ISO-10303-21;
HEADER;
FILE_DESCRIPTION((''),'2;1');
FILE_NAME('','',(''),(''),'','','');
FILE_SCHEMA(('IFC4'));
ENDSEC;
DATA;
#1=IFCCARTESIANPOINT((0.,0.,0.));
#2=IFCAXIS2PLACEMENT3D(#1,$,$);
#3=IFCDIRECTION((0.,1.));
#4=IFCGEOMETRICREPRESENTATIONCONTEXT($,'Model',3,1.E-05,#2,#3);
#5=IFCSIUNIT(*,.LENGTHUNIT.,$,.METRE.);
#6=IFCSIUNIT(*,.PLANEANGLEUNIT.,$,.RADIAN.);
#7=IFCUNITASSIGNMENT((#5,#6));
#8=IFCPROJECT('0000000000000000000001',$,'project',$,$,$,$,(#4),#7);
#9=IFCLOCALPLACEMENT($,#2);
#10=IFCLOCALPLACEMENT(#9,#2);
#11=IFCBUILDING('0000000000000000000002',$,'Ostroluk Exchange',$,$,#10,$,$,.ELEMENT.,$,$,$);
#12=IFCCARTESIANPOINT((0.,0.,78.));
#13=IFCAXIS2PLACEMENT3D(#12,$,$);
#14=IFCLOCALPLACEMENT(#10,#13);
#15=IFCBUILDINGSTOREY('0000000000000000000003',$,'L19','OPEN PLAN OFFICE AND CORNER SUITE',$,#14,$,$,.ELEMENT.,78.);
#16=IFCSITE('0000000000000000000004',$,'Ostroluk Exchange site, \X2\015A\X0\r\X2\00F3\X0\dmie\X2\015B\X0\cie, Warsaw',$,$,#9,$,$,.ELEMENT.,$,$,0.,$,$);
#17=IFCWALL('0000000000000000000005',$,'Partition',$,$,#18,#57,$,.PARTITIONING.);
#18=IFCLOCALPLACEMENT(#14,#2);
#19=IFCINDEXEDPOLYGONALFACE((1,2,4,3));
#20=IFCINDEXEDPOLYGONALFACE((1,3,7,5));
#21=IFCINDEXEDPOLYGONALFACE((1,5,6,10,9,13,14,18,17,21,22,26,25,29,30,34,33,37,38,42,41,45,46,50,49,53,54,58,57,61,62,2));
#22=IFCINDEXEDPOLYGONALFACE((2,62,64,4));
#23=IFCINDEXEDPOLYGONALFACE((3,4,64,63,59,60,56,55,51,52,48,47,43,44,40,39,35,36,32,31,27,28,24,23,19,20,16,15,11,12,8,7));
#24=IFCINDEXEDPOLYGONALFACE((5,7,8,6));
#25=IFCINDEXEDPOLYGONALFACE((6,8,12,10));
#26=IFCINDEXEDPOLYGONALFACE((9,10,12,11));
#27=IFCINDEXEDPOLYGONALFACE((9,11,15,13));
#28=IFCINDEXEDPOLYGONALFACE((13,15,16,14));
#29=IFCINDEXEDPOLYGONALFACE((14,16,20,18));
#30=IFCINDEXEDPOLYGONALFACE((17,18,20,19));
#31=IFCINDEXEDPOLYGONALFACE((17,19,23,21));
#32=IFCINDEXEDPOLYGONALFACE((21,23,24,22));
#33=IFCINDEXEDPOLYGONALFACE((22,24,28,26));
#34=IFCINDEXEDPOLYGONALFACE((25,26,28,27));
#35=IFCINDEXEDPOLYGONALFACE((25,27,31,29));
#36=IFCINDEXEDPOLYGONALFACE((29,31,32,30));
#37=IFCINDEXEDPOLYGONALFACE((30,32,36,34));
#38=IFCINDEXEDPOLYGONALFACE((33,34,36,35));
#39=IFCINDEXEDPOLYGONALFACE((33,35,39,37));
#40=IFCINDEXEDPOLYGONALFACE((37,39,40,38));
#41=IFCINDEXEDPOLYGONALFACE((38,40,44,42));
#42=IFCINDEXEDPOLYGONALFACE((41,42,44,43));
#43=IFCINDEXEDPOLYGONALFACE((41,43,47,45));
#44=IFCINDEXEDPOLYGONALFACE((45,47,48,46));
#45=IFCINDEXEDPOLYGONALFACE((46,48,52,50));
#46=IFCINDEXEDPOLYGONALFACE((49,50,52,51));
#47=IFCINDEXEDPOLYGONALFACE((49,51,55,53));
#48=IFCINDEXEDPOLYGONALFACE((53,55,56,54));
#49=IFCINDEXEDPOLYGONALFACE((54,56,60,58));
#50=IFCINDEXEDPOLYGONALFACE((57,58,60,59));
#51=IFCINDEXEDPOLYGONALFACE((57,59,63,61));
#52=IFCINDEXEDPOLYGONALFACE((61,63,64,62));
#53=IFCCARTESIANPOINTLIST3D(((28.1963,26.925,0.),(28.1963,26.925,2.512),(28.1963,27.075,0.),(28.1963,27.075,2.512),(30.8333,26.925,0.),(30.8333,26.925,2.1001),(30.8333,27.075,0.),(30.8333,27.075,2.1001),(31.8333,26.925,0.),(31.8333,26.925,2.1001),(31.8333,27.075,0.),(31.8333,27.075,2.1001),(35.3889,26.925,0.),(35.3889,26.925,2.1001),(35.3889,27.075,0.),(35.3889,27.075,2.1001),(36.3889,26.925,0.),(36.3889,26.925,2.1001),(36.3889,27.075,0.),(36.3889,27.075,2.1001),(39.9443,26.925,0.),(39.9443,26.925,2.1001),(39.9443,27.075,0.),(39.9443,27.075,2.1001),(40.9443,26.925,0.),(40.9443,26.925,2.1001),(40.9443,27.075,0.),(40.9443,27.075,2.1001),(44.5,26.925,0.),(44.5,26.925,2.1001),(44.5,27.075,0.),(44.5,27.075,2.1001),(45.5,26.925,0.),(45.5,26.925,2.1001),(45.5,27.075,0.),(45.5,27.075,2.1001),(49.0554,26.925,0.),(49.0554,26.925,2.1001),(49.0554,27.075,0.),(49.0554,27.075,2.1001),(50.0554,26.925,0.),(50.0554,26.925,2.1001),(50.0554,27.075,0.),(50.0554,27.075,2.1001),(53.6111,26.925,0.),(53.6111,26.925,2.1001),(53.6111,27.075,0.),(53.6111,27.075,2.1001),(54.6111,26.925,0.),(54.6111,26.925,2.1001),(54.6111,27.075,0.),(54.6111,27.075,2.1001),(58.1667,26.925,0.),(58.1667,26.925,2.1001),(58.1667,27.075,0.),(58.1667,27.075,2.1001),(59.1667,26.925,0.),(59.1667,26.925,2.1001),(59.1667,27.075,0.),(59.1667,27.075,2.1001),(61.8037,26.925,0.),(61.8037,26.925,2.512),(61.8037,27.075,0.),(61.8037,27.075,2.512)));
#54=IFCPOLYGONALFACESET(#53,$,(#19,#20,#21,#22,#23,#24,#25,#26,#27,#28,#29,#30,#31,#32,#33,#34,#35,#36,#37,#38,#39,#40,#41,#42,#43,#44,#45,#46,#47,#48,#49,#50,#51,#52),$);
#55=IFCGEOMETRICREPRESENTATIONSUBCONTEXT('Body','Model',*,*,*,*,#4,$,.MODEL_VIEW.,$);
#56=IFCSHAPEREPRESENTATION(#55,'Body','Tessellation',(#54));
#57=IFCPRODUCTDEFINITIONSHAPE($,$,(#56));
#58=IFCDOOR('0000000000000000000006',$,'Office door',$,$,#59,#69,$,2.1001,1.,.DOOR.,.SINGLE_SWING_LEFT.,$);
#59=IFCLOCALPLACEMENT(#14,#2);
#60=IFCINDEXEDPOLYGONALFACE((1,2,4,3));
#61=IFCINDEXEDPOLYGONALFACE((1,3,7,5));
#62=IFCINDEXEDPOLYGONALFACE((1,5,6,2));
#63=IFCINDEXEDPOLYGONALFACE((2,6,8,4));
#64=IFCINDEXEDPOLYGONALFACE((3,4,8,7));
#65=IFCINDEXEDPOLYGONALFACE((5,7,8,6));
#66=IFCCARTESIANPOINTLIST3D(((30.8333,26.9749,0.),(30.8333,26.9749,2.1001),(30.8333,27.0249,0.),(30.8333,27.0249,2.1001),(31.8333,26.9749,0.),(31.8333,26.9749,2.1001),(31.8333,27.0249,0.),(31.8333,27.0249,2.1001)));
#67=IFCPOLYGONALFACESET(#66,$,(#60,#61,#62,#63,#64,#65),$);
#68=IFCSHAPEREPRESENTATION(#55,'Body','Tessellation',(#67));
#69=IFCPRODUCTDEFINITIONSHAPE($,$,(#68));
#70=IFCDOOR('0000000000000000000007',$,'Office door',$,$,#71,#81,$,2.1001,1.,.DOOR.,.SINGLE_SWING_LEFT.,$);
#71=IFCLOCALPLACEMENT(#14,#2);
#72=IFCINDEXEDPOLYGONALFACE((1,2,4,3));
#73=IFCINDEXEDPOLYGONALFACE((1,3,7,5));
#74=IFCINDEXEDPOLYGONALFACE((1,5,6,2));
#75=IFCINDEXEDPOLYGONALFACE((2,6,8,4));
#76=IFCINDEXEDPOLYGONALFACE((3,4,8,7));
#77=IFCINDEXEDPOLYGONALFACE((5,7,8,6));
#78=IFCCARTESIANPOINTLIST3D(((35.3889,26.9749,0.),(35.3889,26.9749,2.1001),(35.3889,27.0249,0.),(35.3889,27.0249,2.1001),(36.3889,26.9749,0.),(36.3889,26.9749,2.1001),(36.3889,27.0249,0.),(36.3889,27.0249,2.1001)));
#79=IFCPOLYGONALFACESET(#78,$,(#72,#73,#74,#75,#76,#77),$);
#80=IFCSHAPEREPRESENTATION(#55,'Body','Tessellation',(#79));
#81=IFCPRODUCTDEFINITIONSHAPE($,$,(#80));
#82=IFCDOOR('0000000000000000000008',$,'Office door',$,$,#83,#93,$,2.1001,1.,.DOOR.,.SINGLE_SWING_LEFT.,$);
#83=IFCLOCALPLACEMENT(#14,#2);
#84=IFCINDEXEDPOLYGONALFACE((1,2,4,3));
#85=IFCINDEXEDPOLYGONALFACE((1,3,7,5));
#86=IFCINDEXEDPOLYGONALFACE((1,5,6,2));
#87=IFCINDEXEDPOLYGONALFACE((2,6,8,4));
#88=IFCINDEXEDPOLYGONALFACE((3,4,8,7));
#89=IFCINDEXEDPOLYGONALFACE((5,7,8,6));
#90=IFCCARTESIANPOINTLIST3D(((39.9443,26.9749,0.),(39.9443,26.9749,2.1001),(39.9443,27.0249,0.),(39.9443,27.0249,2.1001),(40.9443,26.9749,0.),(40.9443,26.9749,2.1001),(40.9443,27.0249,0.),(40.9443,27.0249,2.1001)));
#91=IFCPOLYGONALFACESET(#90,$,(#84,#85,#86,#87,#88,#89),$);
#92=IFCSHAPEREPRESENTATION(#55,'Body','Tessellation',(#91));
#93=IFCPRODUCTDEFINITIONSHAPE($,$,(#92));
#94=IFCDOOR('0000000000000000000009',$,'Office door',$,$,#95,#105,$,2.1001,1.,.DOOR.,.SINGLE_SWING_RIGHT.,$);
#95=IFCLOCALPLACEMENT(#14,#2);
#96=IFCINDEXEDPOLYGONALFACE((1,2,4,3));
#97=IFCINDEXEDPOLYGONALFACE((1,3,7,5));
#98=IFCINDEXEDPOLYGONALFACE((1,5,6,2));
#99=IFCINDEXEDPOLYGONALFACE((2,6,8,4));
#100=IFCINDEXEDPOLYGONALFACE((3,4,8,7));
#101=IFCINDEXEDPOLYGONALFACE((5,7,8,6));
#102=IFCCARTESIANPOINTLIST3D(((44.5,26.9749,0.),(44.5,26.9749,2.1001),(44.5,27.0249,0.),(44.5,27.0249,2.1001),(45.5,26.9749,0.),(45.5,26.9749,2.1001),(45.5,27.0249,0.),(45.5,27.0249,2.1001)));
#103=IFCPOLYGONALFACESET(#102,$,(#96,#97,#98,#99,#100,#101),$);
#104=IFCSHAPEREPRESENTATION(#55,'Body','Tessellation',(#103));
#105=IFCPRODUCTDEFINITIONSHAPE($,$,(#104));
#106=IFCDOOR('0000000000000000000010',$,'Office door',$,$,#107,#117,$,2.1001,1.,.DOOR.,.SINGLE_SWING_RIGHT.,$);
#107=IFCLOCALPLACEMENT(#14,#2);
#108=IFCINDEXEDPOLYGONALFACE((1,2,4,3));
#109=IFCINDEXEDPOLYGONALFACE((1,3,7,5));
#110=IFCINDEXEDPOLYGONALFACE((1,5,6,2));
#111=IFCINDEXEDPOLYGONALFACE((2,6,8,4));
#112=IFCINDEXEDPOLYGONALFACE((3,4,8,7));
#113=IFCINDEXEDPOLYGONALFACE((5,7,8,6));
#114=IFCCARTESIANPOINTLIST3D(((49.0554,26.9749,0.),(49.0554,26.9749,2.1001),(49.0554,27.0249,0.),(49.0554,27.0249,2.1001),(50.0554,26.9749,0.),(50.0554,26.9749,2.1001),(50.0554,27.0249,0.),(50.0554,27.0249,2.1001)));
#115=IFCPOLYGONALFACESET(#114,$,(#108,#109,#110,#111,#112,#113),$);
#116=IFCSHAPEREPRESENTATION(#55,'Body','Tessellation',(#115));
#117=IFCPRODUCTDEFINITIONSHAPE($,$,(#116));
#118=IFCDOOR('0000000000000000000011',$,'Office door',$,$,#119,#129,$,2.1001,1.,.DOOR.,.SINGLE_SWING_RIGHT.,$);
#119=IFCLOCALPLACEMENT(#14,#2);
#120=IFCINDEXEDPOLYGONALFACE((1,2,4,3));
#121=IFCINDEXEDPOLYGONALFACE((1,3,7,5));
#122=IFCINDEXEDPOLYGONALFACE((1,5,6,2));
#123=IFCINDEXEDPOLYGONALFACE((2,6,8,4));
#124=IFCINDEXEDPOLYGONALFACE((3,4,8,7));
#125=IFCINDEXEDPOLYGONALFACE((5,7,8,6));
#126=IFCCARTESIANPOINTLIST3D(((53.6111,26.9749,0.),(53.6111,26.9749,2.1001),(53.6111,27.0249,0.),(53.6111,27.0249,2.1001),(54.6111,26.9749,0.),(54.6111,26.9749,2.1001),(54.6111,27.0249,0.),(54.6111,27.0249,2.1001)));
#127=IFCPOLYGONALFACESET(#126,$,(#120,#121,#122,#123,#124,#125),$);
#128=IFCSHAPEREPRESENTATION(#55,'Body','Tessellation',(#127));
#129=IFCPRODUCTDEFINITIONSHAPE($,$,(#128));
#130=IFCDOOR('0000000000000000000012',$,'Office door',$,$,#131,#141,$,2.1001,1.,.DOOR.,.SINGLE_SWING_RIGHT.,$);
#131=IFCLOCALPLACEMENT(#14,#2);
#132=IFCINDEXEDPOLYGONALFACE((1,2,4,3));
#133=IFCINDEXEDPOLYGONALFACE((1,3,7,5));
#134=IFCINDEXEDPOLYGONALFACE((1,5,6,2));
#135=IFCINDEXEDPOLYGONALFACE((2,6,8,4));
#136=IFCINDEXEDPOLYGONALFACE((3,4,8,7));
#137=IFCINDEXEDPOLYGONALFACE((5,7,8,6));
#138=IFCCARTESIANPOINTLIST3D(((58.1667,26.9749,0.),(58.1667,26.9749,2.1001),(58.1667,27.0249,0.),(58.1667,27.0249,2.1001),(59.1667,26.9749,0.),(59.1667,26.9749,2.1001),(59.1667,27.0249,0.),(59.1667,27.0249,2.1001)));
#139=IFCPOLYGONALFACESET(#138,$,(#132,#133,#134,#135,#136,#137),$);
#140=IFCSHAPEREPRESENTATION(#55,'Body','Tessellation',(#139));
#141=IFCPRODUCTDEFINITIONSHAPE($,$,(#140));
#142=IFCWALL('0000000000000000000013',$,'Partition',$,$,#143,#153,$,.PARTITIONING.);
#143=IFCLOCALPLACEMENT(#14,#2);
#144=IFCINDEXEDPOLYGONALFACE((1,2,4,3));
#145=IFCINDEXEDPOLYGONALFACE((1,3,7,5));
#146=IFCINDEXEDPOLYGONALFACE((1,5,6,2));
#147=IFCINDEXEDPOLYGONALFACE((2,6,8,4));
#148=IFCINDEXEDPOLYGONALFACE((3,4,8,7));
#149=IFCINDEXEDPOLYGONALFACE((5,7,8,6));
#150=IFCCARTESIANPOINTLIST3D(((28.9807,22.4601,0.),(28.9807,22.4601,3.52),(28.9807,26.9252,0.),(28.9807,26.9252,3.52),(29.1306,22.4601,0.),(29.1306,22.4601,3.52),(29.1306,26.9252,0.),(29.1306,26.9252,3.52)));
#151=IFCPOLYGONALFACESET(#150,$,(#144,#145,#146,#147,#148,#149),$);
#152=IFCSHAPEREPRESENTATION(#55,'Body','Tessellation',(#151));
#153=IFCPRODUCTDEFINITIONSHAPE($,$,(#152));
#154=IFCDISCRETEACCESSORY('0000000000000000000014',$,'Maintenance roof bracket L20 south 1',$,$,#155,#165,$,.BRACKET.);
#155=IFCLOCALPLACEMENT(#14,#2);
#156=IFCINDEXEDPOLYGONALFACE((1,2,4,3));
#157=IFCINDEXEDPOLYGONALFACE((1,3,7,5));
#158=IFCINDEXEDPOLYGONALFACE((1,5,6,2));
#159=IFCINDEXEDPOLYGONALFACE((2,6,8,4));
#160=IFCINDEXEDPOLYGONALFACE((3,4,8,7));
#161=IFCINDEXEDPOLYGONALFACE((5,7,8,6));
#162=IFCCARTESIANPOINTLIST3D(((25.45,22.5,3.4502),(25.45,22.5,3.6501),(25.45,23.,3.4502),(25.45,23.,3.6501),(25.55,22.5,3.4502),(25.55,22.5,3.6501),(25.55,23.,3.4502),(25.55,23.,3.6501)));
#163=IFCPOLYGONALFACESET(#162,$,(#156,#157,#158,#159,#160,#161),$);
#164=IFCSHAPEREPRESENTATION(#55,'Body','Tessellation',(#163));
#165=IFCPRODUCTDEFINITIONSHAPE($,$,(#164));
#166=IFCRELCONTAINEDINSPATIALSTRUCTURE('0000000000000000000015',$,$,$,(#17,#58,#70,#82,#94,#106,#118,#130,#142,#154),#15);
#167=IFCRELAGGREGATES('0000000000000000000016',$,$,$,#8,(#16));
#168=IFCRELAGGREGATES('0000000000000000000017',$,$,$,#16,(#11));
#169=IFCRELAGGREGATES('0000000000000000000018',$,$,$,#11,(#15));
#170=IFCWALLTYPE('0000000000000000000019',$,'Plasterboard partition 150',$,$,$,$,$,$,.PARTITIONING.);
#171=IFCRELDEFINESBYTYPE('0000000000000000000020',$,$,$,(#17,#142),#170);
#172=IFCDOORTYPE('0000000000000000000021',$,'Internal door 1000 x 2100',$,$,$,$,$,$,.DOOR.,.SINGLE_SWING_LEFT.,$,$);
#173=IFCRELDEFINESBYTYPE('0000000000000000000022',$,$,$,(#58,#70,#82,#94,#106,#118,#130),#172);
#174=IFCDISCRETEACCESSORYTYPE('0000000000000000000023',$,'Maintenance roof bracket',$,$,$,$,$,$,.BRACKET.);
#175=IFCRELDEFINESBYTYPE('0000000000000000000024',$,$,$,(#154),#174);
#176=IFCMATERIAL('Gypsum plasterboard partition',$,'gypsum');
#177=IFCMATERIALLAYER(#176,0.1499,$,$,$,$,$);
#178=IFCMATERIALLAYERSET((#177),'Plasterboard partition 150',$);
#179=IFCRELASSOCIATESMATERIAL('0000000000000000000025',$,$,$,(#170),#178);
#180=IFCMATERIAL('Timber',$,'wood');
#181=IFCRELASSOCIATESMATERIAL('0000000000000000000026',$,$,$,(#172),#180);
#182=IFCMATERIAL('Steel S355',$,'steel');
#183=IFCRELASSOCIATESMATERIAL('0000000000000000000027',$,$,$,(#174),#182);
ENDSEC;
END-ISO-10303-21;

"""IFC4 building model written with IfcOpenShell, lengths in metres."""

from ifc_helpers import new_model, si_unit, direction, frame, frame_2d, origin, origin_2d, place, context, subcontext, project, spatial, rectangle, extrude, material, layer, layer_set, type_object, element, fill, save


model = new_model("IFC4")

# Units and contexts
model_context = context("Model", 3, precision=1e-05, world=origin(), true_north=direction((0.0, 1.0)))
body_context = subcontext(model_context, "Body", "Model", "MODEL_VIEW")
ifc_project = project(units=[si_unit("LENGTHUNIT", "METRE"), si_unit("PLANEANGLEUNIT", "RADIAN")], contexts=[model_context])

# Site, building, storey
site_placement = place(None, origin())
site = spatial("IfcSite", under=ifc_project, at=site_placement, Name="Ostroluk Exchange site, Śródmieście, Warsaw", CompositionType="ELEMENT", RefElevation=0.0)
building_placement = place(site_placement, origin())
building = spatial("IfcBuilding", under=site, at=building_placement, Name="Ostroluk Exchange", CompositionType="ELEMENT")
storey_placement = place(building_placement, frame((0.0, 0.0, 78.0)))
storey = spatial("IfcBuildingStorey", under=building, at=storey_placement, Name="L19", Description="OPEN PLAN OFFICE AND CORNER SUITE", CompositionType="ELEMENT", Elevation=78.0)

# Wall, openings, doors
ifc_material_1 = material(Name="Gypsum plasterboard partition", Category="gypsum")
ifc_layer_1 = layer(ifc_material_1, 0.1499)
ifc_layer_set_1 = layer_set([ifc_layer_1], Name="Plasterboard partition 150")
wall_type_1 = type_object("IfcWallType", Name="Plasterboard partition 150", PredefinedType="PARTITIONING", material=ifc_layer_set_1)
wall_1_placement = place(storey_placement, frame((28.1963, 27.0, 0.0), z_axis=(0.0, 0.0, 1.0), x_axis=(1.0, 0.0, 0.0)))
wall_1 = element("IfcWall", 1, at=wall_1_placement, inside=storey, type_object=wall_type_1, Name="Partition", PredefinedType="PARTITIONING", context=body_context, shape_type="SweptSolid", body=[
    extrude(rectangle(XDim=33.6074, YDim=0.1499, at=frame_2d((16.8037, 0.0))), origin(), (0.0, 0.0, 1.0), 2.512),
])
opening_1_placement = place(wall_1_placement, frame((2.637, 0.0, 0.0)))
opening_1 = element("IfcOpeningElement", 2, at=opening_1_placement, cuts=wall_1, PredefinedType="OPENING", context=body_context, shape_type="SweptSolid", body=[
    extrude(rectangle(XDim=1.0, YDim=2.1001, at=frame_2d((0.5, 1.05))), frame((0.0, 0.085, 0.0), z_axis=(0.0, -1.0, 0.0), x_axis=(1.0, 0.0, 0.0)), (0.0, 0.0, 1.0), 0.1699),
])
opening_2_placement = place(wall_1_placement, frame((7.1926, 0.0, 0.0)))
opening_2 = element("IfcOpeningElement", 3, at=opening_2_placement, cuts=wall_1, PredefinedType="OPENING", context=body_context, shape_type="SweptSolid", body=[
    extrude(rectangle(XDim=1.0, YDim=2.1001, at=frame_2d((0.5, 1.05))), frame((0.0, 0.085, 0.0), z_axis=(0.0, -1.0, 0.0), x_axis=(1.0, 0.0, 0.0)), (0.0, 0.0, 1.0), 0.1699),
])
opening_3_placement = place(wall_1_placement, frame((11.748, 0.0, 0.0)))
opening_3 = element("IfcOpeningElement", 4, at=opening_3_placement, cuts=wall_1, PredefinedType="OPENING", context=body_context, shape_type="SweptSolid", body=[
    extrude(rectangle(XDim=1.0, YDim=2.1001, at=frame_2d((0.5, 1.05))), frame((0.0, 0.085, 0.0), z_axis=(0.0, -1.0, 0.0), x_axis=(1.0, 0.0, 0.0)), (0.0, 0.0, 1.0), 0.1699),
])
opening_4_placement = place(wall_1_placement, frame((16.3037, 0.0, 0.0)))
opening_4 = element("IfcOpeningElement", 5, at=opening_4_placement, cuts=wall_1, PredefinedType="OPENING", context=body_context, shape_type="SweptSolid", body=[
    extrude(rectangle(XDim=1.0, YDim=2.1001, at=frame_2d((0.5, 1.05))), frame((0.0, 0.085, 0.0), z_axis=(0.0, -1.0, 0.0), x_axis=(1.0, 0.0, 0.0)), (0.0, 0.0, 1.0), 0.1699),
])
opening_5_placement = place(wall_1_placement, frame((20.8591, 0.0, 0.0)))
opening_5 = element("IfcOpeningElement", 6, at=opening_5_placement, cuts=wall_1, PredefinedType="OPENING", context=body_context, shape_type="SweptSolid", body=[
    extrude(rectangle(XDim=1.0, YDim=2.1001, at=frame_2d((0.5, 1.05))), frame((0.0, 0.085, 0.0), z_axis=(0.0, -1.0, 0.0), x_axis=(1.0, 0.0, 0.0)), (0.0, 0.0, 1.0), 0.1699),
])
opening_6_placement = place(wall_1_placement, frame((25.4148, 0.0, 0.0)))
opening_6 = element("IfcOpeningElement", 7, at=opening_6_placement, cuts=wall_1, PredefinedType="OPENING", context=body_context, shape_type="SweptSolid", body=[
    extrude(rectangle(XDim=1.0, YDim=2.1001, at=frame_2d((0.5, 1.05))), frame((0.0, 0.085, 0.0), z_axis=(0.0, -1.0, 0.0), x_axis=(1.0, 0.0, 0.0)), (0.0, 0.0, 1.0), 0.1699),
])
opening_7_placement = place(wall_1_placement, frame((29.9705, 0.0, 0.0)))
opening_7 = element("IfcOpeningElement", 8, at=opening_7_placement, cuts=wall_1, PredefinedType="OPENING", context=body_context, shape_type="SweptSolid", body=[
    extrude(rectangle(XDim=1.0, YDim=2.1001, at=frame_2d((0.5, 1.05))), frame((0.0, 0.085, 0.0), z_axis=(0.0, -1.0, 0.0), x_axis=(1.0, 0.0, 0.0)), (0.0, 0.0, 1.0), 0.1699),
])
ifc_material_2 = material(Name="Timber", Category="wood")
door_type_1 = type_object("IfcDoorType", Name="Internal door 1000 x 2100", OperationType="SINGLE_SWING_LEFT", PredefinedType="DOOR", material=ifc_material_2)
door_1_placement = place(opening_1_placement, origin())
door_1 = element("IfcDoor", 9, at=door_1_placement, inside=storey, type_object=door_type_1, Name="Office door", OperationType="SINGLE_SWING_LEFT", OverallHeight=2.1001, OverallWidth=1.0, PredefinedType="DOOR", context=body_context, shape_type="SweptSolid", body=[
    extrude(rectangle(XDim=1.0, YDim=2.1001, at=frame_2d((0.5, 1.05))), frame((0.0, 0.0249, 0.0), z_axis=(0.0, -1.0, 0.0), x_axis=(1.0, 0.0, 0.0)), (0.0, 0.0, 1.0), 0.05),
])
fill(opening_1, door_1)
door_2_placement = place(opening_2_placement, origin())
door_2 = element("IfcDoor", 10, at=door_2_placement, inside=storey, type_object=door_type_1, Name="Office door", OperationType="SINGLE_SWING_LEFT", OverallHeight=2.1001, OverallWidth=1.0, PredefinedType="DOOR", context=body_context, shape_type="SweptSolid", body=[
    extrude(rectangle(XDim=1.0, YDim=2.1001, at=frame_2d((0.5, 1.05))), frame((0.0, 0.0249, 0.0), z_axis=(0.0, -1.0, 0.0), x_axis=(1.0, 0.0, 0.0)), (0.0, 0.0, 1.0), 0.05),
])
fill(opening_2, door_2)
door_3_placement = place(opening_3_placement, origin())
door_3 = element("IfcDoor", 11, at=door_3_placement, inside=storey, type_object=door_type_1, Name="Office door", OperationType="SINGLE_SWING_LEFT", OverallHeight=2.1001, OverallWidth=1.0, PredefinedType="DOOR", context=body_context, shape_type="SweptSolid", body=[
    extrude(rectangle(XDim=1.0, YDim=2.1001, at=frame_2d((0.5, 1.05))), frame((0.0, 0.0249, 0.0), z_axis=(0.0, -1.0, 0.0), x_axis=(1.0, 0.0, 0.0)), (0.0, 0.0, 1.0), 0.05),
])
fill(opening_3, door_3)
door_4_placement = place(opening_4_placement, origin())
door_4 = element("IfcDoor", 12, at=door_4_placement, inside=storey, type_object=door_type_1, Name="Office door", OperationType="SINGLE_SWING_RIGHT", OverallHeight=2.1001, OverallWidth=1.0, PredefinedType="DOOR", context=body_context, shape_type="SweptSolid", body=[
    extrude(rectangle(XDim=1.0, YDim=2.1001, at=frame_2d((0.5, 1.05))), frame((0.0, 0.0249, 0.0), z_axis=(0.0, -1.0, 0.0), x_axis=(1.0, 0.0, 0.0)), (0.0, 0.0, 1.0), 0.05),
])
fill(opening_4, door_4)
door_5_placement = place(opening_5_placement, origin())
door_5 = element("IfcDoor", 13, at=door_5_placement, inside=storey, type_object=door_type_1, Name="Office door", OperationType="SINGLE_SWING_RIGHT", OverallHeight=2.1001, OverallWidth=1.0, PredefinedType="DOOR", context=body_context, shape_type="SweptSolid", body=[
    extrude(rectangle(XDim=1.0, YDim=2.1001, at=frame_2d((0.5, 1.05))), frame((0.0, 0.0249, 0.0), z_axis=(0.0, -1.0, 0.0), x_axis=(1.0, 0.0, 0.0)), (0.0, 0.0, 1.0), 0.05),
])
fill(opening_5, door_5)
door_6_placement = place(opening_6_placement, origin())
door_6 = element("IfcDoor", 14, at=door_6_placement, inside=storey, type_object=door_type_1, Name="Office door", OperationType="SINGLE_SWING_RIGHT", OverallHeight=2.1001, OverallWidth=1.0, PredefinedType="DOOR", context=body_context, shape_type="SweptSolid", body=[
    extrude(rectangle(XDim=1.0, YDim=2.1001, at=frame_2d((0.5, 1.05))), frame((0.0, 0.0249, 0.0), z_axis=(0.0, -1.0, 0.0), x_axis=(1.0, 0.0, 0.0)), (0.0, 0.0, 1.0), 0.05),
])
fill(opening_6, door_6)
door_7_placement = place(opening_7_placement, origin())
door_7 = element("IfcDoor", 15, at=door_7_placement, inside=storey, type_object=door_type_1, Name="Office door", OperationType="SINGLE_SWING_RIGHT", OverallHeight=2.1001, OverallWidth=1.0, PredefinedType="DOOR", context=body_context, shape_type="SweptSolid", body=[
    extrude(rectangle(XDim=1.0, YDim=2.1001, at=frame_2d((0.5, 1.05))), frame((0.0, 0.0249, 0.0), z_axis=(0.0, -1.0, 0.0), x_axis=(1.0, 0.0, 0.0)), (0.0, 0.0, 1.0), 0.05),
])
fill(opening_7, door_7)

# Wall
wall_2_placement = place(storey_placement, frame((29.0557, 26.925, 0.0), z_axis=(0.0, 0.0, 1.0), x_axis=(0.0, -1.0, 0.0)))
element("IfcWall", 16, at=wall_2_placement, inside=storey, type_object=wall_type_1, Name="Partition", PredefinedType="PARTITIONING", context=body_context, shape_type="SweptSolid", body=[
    extrude(rectangle(XDim=4.4651, YDim=0.1499, at=frame_2d((2.2324, 0.0))), origin(), (0.0, 0.0, 1.0), 3.52),
])

# Discrete accessory
ifc_material_3 = material(Name="Steel S355", Category="steel")
discrete_accessory_type = type_object("IfcDiscreteAccessoryType", Name="Maintenance roof bracket", PredefinedType="BRACKET", material=ifc_material_3)
for number, where, z_axis, x_axis, name in (
    (17, (25.5, 22.75, 3.4502), (0.0, 0.0, 1.0), (1.0, 0.0, 0.0), "Maintenance roof bracket L20 south 1"),
):
    element("IfcDiscreteAccessory", number, at=place(storey_placement, frame(where, z_axis=z_axis, x_axis=x_axis)), inside=storey, type_object=discrete_accessory_type, Name=name, PredefinedType="BRACKET", context=body_context, shape_type="SweptSolid", body=[
        extrude(rectangle(XDim=0.1001, YDim=0.5, at=origin_2d()), origin(), (0.0, 0.0, 1.0), 0.2),
    ])

save(model, "model.ifc")
